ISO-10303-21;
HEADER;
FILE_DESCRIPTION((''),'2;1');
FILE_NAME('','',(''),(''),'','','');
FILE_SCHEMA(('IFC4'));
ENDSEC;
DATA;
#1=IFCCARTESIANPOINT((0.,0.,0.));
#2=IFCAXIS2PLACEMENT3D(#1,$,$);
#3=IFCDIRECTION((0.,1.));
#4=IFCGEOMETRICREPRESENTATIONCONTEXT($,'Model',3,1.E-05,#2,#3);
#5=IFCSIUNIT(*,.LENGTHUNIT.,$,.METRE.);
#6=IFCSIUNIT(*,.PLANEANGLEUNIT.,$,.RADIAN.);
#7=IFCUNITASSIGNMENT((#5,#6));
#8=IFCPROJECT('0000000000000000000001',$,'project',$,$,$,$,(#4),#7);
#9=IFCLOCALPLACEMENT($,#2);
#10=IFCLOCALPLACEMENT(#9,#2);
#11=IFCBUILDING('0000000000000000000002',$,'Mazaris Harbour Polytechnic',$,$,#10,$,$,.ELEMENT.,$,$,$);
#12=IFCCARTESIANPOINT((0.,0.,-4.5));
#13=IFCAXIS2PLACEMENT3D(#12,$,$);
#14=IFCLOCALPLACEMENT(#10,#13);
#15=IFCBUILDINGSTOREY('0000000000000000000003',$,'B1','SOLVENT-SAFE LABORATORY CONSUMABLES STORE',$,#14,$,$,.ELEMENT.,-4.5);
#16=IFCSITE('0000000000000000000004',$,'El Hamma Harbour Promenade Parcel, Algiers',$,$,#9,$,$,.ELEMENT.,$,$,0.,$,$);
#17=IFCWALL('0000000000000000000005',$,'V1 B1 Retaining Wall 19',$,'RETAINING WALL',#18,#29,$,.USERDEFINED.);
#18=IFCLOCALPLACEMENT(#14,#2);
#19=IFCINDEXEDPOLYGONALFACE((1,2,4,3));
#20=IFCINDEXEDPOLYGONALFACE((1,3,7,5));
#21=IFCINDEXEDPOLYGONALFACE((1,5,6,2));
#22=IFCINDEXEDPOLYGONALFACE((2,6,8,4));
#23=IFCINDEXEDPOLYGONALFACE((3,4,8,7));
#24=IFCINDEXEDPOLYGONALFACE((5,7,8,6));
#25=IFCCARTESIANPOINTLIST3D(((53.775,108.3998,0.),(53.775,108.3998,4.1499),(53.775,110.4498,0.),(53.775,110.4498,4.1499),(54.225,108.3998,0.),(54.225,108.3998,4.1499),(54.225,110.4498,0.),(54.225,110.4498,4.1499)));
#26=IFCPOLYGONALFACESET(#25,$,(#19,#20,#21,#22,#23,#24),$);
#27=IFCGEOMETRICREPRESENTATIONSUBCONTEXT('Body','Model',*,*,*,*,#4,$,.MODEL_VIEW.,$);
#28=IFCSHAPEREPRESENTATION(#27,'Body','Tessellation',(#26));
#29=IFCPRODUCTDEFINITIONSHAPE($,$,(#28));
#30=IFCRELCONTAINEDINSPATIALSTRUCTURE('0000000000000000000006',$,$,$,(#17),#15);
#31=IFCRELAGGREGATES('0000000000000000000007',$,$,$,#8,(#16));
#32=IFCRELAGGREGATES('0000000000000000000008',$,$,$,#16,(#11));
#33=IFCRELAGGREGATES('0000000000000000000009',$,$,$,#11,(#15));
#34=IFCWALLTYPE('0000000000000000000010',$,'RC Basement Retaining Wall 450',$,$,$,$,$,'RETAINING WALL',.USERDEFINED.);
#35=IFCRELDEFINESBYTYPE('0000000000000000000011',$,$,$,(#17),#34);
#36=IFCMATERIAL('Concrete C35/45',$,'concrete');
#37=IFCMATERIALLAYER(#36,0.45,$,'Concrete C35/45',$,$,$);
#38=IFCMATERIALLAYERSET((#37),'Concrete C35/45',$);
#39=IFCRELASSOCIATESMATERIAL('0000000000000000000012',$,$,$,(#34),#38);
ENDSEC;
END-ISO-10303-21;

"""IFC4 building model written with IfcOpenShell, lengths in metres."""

from ifc_helpers import new_model, si_unit, direction, frame, frame_2d, origin, place, context, subcontext, project, spatial, rectangle, extrude, material, layer, layer_set, type_object, element, save


model = new_model("IFC4")

# Units and contexts
model_context = context("Model", 3, precision=1e-05, world=origin(), true_north=direction((0.0, 1.0)))
body_context = subcontext(model_context, "Body", "Model", "MODEL_VIEW")
ifc_project = project(units=[si_unit("LENGTHUNIT", "METRE"), si_unit("PLANEANGLEUNIT", "RADIAN")], contexts=[model_context])

# Site, building, storey
site_placement = place(None, origin())
site = spatial("IfcSite", under=ifc_project, at=site_placement, Name="El Hamma Harbour Promenade Parcel, Algiers", CompositionType="ELEMENT", RefElevation=0.0)
building_placement = place(site_placement, origin())
building = spatial("IfcBuilding", under=site, at=building_placement, Name="Mazaris Harbour Polytechnic", CompositionType="ELEMENT")
storey_placement = place(building_placement, frame((0.0, 0.0, -4.5)))
storey = spatial("IfcBuildingStorey", under=building, at=storey_placement, Name="B1", Description="SOLVENT-SAFE LABORATORY CONSUMABLES STORE", CompositionType="ELEMENT", Elevation=-4.5)

# Wall
ifc_material_1 = material(Name="Concrete C35/45", Category="concrete")
ifc_layer = layer(ifc_material_1, 0.45, Name="Concrete C35/45")
ifc_layer_set = layer_set([ifc_layer], Name="Concrete C35/45")
wall_type = type_object("IfcWallType", Name="RC Basement Retaining Wall 450", ElementType="RETAINING WALL", PredefinedType="USERDEFINED", material=ifc_layer_set)
wall_placement = place(storey_placement, frame((54.0, 108.3999, 0.0), z_axis=(0.0, 0.0, 1.0), x_axis=(0.0, 1.0, 0.0)))
element("IfcWall", 1, at=wall_placement, inside=storey, type_object=wall_type, Name="V1 B1 Retaining Wall 19", ObjectType="RETAINING WALL", PredefinedType="USERDEFINED", context=body_context, shape_type="SweptSolid", body=[
    extrude(rectangle(XDim=2.05, YDim=0.45, at=frame_2d((1.0249, 0.0))), origin(), (0.0, 0.0, 1.0), 4.1499),
])

save(model, "model.ifc")
